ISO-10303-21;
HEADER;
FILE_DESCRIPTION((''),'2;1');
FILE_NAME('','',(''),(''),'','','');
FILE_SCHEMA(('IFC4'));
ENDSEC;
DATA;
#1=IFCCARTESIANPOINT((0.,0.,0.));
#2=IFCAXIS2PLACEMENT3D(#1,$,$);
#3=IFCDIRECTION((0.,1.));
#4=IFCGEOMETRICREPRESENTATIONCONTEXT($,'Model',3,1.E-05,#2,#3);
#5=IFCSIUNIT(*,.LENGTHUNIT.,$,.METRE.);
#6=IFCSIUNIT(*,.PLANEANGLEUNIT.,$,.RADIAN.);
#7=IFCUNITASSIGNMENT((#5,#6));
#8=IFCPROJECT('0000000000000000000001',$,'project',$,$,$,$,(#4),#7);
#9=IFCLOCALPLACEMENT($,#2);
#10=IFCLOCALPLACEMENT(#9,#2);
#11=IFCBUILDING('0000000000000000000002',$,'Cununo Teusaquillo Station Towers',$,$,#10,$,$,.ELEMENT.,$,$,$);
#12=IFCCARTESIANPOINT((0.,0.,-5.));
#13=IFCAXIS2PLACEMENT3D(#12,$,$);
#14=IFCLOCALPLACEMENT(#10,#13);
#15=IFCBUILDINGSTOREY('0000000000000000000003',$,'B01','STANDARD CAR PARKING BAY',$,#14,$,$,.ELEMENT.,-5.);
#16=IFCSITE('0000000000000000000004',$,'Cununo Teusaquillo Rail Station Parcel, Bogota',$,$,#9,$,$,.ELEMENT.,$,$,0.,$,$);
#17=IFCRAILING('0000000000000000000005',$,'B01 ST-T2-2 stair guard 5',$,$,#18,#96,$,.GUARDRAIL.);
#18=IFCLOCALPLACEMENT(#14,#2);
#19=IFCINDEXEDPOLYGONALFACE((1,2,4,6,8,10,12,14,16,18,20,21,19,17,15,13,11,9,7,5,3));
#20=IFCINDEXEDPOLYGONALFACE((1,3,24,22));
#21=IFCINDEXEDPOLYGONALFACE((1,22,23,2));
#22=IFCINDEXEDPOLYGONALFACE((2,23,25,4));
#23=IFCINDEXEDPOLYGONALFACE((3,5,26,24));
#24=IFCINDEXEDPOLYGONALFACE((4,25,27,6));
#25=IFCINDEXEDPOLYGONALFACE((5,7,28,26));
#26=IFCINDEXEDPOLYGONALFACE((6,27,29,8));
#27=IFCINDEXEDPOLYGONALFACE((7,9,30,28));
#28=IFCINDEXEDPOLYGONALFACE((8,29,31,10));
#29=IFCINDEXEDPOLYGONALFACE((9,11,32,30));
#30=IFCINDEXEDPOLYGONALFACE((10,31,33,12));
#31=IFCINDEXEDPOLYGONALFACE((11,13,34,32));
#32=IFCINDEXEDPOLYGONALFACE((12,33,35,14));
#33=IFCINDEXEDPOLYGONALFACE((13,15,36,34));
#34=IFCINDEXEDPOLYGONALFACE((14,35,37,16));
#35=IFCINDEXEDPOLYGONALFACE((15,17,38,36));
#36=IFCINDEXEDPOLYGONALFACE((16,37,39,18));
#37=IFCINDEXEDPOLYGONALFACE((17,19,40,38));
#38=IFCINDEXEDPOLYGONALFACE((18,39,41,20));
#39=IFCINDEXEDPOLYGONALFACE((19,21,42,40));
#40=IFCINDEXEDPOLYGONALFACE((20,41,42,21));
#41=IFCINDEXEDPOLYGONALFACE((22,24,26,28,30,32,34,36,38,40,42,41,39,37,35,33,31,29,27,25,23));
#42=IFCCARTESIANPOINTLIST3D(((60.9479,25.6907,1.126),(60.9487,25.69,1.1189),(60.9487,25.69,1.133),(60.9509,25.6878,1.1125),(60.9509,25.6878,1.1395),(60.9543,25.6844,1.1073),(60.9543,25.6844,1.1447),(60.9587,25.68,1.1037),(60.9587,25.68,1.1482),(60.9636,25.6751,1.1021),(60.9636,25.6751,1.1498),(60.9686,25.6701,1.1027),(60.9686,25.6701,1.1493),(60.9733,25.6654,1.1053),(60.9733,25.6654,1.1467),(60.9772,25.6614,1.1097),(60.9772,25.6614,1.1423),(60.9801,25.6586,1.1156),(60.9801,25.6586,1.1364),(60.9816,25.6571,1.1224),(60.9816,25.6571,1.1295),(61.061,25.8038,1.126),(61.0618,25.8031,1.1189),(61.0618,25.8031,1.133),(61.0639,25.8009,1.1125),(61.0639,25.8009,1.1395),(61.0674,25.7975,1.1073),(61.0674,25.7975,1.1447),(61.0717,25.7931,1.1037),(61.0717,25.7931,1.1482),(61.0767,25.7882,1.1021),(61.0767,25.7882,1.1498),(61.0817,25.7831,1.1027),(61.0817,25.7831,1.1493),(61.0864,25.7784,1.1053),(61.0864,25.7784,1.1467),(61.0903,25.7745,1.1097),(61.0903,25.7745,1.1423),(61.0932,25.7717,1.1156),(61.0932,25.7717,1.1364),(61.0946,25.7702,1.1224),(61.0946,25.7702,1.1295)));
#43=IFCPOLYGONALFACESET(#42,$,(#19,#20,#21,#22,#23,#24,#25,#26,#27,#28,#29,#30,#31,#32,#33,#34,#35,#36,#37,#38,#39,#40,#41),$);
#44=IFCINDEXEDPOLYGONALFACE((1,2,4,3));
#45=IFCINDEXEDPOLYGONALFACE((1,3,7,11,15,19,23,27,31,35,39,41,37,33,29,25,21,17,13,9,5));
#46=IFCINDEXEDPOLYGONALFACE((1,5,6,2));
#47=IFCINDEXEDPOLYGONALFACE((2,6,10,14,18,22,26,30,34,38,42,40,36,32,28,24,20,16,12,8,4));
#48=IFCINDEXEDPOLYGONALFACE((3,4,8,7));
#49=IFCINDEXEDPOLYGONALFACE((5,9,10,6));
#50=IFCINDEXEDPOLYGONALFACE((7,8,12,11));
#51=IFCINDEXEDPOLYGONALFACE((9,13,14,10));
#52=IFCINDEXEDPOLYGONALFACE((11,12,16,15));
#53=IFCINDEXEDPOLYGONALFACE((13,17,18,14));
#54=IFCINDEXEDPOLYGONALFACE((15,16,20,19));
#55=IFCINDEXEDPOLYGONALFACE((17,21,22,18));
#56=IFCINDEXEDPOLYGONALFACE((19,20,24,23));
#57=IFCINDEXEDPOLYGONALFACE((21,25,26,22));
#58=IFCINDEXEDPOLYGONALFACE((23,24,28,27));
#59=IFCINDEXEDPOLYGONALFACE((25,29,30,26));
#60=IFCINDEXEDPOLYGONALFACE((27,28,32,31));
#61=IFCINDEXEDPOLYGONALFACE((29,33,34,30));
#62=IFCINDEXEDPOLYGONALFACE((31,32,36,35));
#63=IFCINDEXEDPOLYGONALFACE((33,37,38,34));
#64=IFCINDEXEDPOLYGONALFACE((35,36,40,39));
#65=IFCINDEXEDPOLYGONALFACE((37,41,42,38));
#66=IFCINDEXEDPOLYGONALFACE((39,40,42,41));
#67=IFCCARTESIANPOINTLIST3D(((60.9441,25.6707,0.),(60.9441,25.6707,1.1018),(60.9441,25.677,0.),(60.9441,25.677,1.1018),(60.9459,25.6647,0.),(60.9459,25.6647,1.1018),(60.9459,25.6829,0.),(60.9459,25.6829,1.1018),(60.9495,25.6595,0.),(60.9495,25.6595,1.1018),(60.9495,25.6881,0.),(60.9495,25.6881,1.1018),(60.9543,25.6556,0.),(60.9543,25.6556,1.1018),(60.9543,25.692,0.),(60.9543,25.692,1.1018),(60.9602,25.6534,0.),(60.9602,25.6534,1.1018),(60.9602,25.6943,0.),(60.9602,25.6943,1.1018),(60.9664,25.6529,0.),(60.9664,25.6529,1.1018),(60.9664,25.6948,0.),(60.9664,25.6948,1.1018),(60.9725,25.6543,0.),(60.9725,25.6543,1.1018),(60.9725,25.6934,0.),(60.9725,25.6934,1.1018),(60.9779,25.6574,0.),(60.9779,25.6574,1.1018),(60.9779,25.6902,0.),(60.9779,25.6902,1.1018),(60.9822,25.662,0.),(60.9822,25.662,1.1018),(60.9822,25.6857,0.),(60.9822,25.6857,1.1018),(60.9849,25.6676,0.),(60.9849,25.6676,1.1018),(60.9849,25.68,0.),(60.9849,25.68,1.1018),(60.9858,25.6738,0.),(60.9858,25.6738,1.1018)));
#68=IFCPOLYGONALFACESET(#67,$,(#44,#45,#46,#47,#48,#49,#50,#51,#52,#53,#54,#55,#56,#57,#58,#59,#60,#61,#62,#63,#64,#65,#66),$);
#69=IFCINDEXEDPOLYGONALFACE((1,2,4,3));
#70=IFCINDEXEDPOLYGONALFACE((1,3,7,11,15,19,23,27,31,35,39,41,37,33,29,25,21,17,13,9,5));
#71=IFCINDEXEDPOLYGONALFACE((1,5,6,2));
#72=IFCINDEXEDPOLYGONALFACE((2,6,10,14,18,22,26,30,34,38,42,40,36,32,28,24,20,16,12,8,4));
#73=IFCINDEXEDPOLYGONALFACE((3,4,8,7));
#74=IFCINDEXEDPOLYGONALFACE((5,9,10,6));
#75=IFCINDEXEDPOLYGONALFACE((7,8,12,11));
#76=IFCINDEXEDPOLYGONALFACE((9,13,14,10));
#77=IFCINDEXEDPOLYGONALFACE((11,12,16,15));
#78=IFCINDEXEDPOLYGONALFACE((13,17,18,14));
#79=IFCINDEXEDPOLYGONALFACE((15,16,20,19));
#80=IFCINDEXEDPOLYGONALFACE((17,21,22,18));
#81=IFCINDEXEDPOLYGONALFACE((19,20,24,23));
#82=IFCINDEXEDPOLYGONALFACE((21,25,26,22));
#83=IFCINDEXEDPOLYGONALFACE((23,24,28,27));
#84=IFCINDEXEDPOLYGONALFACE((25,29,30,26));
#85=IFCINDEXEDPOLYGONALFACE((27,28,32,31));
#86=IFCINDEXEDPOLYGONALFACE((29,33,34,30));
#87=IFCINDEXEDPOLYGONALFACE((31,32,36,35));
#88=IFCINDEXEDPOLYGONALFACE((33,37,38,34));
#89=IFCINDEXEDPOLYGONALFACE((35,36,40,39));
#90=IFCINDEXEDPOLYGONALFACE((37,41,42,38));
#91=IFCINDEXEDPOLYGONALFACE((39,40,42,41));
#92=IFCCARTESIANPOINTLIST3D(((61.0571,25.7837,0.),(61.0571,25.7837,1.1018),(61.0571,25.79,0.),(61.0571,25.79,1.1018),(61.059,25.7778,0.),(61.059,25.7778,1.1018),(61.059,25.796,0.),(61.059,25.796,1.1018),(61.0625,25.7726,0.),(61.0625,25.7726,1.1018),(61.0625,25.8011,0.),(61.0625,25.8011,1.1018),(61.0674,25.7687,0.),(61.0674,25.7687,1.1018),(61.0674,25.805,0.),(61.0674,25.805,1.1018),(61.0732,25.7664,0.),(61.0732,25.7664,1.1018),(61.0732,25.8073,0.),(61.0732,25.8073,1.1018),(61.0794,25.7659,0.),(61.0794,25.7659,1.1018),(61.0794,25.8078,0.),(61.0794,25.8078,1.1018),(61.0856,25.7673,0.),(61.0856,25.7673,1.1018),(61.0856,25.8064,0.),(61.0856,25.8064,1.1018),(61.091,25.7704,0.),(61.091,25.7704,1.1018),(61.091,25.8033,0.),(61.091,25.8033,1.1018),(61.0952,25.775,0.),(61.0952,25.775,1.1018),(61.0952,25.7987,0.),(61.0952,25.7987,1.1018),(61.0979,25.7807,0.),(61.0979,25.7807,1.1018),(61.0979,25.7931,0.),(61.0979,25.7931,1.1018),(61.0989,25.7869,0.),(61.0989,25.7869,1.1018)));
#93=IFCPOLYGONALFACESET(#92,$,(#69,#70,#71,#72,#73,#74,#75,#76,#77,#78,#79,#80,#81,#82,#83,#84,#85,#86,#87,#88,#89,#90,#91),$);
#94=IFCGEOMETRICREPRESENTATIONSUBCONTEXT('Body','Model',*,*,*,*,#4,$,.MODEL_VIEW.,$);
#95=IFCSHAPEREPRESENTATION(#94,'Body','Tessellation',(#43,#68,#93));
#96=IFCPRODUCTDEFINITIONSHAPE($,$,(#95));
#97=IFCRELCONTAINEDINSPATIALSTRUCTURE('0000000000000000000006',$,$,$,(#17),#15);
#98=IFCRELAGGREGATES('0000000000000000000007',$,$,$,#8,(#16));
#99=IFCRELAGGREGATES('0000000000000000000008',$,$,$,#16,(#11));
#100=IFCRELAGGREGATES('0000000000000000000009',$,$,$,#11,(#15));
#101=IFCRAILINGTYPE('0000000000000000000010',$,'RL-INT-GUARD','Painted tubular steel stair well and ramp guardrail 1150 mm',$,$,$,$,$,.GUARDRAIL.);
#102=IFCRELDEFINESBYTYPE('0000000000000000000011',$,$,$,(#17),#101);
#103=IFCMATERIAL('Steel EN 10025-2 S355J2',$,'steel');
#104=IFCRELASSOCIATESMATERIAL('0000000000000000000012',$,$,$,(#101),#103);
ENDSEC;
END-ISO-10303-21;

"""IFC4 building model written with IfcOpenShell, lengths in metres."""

from ifc_helpers import new_model, si_unit, direction, frame, origin, origin_2d, place, context, subcontext, project, spatial, circle, extrude, material, type_object, element, save


model = new_model("IFC4")

# Units and contexts
model_context = context("Model", 3, precision=1e-05, world=origin(), true_north=direction((0.0, 1.0)))
body_context = subcontext(model_context, "Body", "Model", "MODEL_VIEW")
ifc_project = project(units=[si_unit("LENGTHUNIT", "METRE"), si_unit("PLANEANGLEUNIT", "RADIAN")], contexts=[model_context])

# Site, building, storey
site_placement = place(None, origin())
site = spatial("IfcSite", under=ifc_project, at=site_placement, Name="Cununo Teusaquillo Rail Station Parcel, Bogota", CompositionType="ELEMENT", RefElevation=0.0)
building_placement = place(site_placement, origin())
building = spatial("IfcBuilding", under=site, at=building_placement, Name="Cununo Teusaquillo Station Towers", CompositionType="ELEMENT")
storey_placement = place(building_placement, frame((0.0, 0.0, -5.0)))
storey = spatial("IfcBuildingStorey", under=building, at=storey_placement, Name="B01", Description="STANDARD CAR PARKING BAY", CompositionType="ELEMENT", Elevation=-5.0)

# Railing
ifc_material_1 = material(Name="Steel EN 10025-2 S355J2", Category="steel")
railing_type_1 = type_object("IfcRailingType", Name="RL-INT-GUARD", Description="Painted tubular steel stair well and ramp guardrail 1150 mm", PredefinedType="GUARDRAIL", material=ifc_material_1)
railing_1_placement = place(storey_placement, frame((60.9648, 25.6738, 0.0)))
element("IfcRailing", 1, at=railing_1_placement, inside=storey, type_object=railing_type_1, Name="B01 ST-T2-2 stair guard 5", PredefinedType="GUARDRAIL", context=body_context, shape_type="SweptSolid", body=[
    extrude(circle(Radius=0.0239, at=origin_2d()), frame((0.0, 0.0, 1.126), z_axis=(0.707107, 0.707107, 0.0), x_axis=(-0.707107, 0.707107, 0.0)), (0.0, 0.0, 1.0), 0.1599),
    extrude(circle(Radius=0.021, at=origin_2d()), origin(), (0.0, 0.0, 1.0), 1.1018),
    extrude(circle(Radius=0.021, at=origin_2d()), frame((0.113, 0.113, 0.0)), (0.0, 0.0, 1.0), 1.1018),
])

save(model, "model.ifc")
